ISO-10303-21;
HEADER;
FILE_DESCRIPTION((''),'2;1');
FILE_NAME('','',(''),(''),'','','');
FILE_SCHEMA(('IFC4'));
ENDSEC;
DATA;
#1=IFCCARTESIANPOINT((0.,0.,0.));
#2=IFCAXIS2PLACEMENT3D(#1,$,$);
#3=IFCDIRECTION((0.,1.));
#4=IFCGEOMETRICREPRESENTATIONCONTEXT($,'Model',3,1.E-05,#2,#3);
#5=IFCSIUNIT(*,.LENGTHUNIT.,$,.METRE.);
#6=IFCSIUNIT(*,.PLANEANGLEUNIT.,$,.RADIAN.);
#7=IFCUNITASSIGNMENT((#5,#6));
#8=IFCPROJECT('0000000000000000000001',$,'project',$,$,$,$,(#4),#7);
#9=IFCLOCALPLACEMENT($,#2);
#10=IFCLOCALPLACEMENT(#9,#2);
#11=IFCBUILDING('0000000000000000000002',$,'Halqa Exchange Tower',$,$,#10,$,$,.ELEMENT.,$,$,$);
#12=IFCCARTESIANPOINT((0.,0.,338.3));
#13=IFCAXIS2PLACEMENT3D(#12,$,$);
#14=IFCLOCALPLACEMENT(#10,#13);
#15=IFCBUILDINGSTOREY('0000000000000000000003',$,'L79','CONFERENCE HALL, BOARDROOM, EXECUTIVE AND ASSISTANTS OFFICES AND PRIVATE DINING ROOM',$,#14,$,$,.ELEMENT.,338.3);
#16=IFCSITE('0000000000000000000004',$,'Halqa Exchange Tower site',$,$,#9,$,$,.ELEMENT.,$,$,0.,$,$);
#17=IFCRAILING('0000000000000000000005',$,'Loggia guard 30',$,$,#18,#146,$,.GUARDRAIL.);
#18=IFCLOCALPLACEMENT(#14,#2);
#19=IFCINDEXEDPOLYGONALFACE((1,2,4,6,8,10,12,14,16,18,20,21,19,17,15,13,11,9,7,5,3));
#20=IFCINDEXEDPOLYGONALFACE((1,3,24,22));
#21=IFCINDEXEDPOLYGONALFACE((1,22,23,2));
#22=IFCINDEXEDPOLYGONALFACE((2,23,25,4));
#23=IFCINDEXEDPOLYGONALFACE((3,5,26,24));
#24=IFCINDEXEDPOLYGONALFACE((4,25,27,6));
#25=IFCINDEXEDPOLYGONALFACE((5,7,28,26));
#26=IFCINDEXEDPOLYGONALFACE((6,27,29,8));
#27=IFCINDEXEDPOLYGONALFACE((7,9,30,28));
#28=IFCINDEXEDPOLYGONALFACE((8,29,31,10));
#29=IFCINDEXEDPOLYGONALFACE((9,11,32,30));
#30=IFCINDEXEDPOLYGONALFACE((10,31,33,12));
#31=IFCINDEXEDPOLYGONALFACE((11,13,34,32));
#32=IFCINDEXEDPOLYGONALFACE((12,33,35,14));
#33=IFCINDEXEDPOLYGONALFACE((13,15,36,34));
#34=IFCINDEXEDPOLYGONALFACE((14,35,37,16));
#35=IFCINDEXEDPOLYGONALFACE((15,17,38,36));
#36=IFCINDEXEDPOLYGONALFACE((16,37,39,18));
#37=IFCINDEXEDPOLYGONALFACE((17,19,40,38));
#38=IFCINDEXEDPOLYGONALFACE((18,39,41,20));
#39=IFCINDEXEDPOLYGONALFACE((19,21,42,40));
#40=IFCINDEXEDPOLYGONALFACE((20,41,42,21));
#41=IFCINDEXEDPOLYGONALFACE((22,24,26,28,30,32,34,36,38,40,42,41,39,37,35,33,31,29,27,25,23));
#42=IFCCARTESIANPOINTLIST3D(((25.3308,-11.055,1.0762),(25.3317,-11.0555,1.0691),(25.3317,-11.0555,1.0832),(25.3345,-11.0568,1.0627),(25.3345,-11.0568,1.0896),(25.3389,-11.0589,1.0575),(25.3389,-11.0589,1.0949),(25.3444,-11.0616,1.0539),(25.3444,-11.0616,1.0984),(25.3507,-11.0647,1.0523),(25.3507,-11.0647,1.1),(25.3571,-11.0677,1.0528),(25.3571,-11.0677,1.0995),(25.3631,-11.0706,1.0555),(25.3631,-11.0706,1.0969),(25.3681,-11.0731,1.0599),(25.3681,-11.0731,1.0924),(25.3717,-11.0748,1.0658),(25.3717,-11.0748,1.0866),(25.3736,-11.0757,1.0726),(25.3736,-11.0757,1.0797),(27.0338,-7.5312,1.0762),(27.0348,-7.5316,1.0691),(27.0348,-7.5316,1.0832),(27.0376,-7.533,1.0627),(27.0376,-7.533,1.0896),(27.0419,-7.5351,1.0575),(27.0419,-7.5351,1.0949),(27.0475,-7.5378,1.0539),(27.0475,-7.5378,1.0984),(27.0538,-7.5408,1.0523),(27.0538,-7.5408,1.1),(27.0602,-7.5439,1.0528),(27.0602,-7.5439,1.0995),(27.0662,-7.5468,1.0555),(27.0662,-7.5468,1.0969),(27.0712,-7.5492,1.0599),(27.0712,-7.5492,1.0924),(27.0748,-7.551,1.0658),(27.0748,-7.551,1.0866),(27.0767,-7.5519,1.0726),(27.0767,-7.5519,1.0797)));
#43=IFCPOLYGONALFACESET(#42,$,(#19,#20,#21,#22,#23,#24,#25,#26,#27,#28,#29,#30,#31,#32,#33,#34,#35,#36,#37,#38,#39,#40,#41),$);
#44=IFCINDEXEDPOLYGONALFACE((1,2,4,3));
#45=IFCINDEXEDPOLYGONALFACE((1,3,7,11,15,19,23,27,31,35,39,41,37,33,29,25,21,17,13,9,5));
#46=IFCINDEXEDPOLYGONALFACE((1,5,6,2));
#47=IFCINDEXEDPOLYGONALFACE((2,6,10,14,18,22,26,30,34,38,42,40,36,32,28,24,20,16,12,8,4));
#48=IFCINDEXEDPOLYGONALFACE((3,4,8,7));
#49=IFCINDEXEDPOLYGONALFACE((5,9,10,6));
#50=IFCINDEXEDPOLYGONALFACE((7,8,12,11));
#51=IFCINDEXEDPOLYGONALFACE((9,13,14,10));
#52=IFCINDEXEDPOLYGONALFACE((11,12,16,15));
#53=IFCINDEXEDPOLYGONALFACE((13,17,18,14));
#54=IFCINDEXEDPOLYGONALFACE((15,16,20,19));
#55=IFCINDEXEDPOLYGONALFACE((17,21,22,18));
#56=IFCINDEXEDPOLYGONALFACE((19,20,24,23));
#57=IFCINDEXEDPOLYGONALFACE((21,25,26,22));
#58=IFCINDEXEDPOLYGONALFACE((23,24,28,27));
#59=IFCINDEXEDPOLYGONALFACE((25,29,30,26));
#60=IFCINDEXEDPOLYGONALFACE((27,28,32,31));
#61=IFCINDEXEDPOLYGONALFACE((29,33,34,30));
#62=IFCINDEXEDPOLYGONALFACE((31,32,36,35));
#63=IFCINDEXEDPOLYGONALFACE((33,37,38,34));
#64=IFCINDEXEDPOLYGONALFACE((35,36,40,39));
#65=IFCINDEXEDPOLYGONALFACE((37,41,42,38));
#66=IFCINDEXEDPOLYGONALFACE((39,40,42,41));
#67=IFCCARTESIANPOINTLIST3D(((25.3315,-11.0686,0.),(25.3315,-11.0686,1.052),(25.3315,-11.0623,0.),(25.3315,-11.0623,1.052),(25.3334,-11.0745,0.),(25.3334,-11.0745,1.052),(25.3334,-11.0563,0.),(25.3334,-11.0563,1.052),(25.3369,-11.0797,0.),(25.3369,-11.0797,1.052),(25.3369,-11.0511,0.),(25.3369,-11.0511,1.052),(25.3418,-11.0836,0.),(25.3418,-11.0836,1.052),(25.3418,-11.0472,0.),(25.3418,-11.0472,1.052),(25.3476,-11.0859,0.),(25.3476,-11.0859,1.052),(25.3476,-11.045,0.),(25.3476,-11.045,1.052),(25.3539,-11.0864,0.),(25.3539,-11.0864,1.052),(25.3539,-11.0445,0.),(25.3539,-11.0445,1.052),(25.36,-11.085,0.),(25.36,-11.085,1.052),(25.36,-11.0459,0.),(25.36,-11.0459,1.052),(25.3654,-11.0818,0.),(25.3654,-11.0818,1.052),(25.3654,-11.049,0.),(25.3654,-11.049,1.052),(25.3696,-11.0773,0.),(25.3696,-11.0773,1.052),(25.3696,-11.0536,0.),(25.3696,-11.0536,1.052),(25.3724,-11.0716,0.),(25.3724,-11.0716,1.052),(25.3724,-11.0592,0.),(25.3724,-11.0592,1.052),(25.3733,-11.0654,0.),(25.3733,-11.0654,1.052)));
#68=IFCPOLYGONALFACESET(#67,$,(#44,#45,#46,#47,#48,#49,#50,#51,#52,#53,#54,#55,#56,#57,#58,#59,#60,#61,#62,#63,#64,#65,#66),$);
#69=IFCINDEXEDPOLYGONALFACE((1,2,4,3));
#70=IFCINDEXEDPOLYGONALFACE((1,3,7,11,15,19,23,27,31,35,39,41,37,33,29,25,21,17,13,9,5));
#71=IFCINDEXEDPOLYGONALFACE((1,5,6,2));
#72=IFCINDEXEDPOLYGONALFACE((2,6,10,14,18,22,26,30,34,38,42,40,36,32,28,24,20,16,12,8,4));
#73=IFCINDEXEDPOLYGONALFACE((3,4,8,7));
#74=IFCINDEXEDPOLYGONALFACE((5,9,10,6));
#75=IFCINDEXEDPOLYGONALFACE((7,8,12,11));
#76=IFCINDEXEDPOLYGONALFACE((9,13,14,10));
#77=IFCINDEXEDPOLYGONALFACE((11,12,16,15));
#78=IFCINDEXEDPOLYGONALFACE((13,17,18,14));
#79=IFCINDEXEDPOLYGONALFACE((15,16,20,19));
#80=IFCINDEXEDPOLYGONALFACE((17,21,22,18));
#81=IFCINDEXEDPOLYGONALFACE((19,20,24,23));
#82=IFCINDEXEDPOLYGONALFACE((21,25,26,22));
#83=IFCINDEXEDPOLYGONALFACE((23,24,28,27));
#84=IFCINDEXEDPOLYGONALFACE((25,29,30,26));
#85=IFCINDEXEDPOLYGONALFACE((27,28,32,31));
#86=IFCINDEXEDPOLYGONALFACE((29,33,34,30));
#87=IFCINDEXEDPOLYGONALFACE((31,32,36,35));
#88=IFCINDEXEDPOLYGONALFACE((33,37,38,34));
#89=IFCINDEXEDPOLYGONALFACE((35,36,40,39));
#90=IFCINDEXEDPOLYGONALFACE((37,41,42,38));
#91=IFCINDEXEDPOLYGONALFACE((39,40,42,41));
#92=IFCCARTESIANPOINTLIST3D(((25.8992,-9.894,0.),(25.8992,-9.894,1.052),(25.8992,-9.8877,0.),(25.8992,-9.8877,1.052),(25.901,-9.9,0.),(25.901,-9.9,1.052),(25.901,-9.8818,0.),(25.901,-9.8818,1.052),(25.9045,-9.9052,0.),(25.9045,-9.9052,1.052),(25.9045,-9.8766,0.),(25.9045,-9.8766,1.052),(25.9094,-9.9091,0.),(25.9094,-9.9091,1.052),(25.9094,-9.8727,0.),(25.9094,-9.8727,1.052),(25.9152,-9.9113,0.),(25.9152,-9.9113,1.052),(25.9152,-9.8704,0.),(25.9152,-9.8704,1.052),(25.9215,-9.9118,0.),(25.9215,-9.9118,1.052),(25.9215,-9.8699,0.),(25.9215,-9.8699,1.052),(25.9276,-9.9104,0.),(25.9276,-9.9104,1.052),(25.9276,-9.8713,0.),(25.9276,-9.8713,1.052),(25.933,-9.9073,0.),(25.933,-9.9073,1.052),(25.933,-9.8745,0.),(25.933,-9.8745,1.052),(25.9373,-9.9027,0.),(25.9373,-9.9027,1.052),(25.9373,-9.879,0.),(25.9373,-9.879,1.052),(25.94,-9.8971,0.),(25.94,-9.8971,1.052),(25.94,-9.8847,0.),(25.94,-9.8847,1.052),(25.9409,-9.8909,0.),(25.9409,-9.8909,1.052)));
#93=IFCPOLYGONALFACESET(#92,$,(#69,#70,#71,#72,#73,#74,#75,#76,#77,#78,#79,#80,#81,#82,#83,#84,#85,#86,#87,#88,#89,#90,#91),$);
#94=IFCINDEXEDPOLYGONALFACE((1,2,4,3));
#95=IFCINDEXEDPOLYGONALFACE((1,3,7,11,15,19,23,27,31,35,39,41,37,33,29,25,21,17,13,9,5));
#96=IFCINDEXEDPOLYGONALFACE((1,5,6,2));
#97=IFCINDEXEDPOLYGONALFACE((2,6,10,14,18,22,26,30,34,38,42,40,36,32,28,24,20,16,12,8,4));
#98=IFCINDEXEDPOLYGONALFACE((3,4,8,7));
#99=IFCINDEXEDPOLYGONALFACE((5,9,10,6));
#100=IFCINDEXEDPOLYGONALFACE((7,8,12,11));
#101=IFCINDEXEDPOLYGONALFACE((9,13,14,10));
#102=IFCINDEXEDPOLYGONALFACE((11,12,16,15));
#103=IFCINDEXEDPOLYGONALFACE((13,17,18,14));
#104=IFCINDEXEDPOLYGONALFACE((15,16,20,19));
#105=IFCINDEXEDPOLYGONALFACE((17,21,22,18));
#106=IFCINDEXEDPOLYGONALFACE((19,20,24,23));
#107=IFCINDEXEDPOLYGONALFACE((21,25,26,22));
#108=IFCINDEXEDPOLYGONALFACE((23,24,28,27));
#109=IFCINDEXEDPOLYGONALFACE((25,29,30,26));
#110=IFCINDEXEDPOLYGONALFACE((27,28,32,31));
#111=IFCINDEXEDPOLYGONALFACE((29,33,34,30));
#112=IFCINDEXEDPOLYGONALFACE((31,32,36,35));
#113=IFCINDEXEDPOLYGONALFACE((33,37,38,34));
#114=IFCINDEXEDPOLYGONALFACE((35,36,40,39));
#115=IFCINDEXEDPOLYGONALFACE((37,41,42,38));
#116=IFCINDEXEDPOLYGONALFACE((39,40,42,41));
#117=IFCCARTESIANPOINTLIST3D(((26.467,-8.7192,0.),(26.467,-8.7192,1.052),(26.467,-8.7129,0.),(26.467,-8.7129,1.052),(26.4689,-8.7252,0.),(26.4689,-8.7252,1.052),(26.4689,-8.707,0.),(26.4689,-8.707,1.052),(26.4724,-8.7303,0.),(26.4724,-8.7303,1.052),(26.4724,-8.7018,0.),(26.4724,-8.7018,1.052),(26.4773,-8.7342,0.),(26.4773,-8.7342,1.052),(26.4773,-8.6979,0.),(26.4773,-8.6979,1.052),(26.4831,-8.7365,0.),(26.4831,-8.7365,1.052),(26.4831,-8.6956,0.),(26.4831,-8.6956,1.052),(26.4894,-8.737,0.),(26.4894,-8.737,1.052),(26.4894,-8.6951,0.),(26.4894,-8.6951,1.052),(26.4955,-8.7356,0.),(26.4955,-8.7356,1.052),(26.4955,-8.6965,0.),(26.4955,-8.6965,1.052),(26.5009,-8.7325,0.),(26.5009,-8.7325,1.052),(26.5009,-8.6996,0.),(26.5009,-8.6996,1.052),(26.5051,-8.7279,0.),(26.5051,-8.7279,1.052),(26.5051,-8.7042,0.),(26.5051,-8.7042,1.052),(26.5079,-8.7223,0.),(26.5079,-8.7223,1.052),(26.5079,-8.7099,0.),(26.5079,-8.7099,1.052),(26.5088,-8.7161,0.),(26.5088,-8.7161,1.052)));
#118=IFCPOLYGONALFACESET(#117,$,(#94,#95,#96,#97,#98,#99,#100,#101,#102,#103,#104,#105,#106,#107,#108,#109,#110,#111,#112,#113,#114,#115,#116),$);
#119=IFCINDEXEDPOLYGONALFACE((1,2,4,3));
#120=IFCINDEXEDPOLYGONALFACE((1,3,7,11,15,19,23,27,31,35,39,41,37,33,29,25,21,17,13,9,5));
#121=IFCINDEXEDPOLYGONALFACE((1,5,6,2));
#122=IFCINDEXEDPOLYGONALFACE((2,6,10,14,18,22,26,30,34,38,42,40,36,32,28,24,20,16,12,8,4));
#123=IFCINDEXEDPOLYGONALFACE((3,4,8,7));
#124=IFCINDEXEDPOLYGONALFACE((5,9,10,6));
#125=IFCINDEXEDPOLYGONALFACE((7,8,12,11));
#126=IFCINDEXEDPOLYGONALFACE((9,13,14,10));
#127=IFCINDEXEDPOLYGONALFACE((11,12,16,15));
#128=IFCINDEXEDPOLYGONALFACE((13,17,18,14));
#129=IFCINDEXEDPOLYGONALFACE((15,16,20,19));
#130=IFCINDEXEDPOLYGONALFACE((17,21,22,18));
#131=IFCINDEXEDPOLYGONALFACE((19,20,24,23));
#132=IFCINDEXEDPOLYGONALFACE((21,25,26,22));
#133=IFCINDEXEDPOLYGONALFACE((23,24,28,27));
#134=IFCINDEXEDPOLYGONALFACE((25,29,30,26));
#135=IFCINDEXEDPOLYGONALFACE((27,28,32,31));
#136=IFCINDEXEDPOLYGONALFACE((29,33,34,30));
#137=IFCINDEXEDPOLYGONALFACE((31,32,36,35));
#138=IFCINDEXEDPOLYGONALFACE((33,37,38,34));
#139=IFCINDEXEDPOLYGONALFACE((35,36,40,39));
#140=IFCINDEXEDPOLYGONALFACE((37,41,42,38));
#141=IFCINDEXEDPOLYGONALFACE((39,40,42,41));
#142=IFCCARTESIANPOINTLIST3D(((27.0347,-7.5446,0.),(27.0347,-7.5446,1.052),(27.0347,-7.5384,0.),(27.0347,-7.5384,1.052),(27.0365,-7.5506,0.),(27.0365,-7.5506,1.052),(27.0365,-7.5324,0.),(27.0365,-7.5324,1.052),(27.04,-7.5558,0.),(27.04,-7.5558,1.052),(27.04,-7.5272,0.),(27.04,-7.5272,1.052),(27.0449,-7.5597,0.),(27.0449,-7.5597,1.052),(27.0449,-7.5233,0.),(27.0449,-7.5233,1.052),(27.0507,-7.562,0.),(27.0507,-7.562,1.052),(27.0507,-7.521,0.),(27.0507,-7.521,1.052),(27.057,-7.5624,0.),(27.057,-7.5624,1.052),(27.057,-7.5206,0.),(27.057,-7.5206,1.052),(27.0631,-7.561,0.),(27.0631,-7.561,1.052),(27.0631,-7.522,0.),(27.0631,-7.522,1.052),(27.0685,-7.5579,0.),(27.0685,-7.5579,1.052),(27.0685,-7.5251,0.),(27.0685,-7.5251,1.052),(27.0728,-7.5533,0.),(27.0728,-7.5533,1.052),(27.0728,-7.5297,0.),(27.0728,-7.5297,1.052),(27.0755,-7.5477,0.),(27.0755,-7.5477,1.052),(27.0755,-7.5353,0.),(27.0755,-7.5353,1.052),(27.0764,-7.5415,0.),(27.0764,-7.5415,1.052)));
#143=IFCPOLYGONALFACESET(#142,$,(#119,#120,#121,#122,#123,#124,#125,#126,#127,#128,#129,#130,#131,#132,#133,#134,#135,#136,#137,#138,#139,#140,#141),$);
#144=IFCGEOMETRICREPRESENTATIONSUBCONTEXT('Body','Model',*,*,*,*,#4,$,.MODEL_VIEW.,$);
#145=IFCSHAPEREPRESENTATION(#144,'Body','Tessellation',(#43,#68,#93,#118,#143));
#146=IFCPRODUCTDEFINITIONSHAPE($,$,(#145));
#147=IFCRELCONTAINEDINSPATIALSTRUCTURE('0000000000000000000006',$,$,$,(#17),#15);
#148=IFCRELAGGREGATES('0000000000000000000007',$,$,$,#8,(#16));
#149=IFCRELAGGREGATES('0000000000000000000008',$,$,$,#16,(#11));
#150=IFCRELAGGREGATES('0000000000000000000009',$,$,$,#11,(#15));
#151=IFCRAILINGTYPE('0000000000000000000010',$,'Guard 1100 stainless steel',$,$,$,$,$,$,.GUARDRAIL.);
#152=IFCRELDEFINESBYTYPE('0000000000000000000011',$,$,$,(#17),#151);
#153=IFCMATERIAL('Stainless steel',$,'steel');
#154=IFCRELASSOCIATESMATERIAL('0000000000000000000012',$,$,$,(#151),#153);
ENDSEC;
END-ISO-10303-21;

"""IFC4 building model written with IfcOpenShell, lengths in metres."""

from ifc_helpers import new_model, si_unit, direction, frame, origin, origin_2d, place, context, subcontext, project, spatial, circle, extrude, material, type_object, element, save


model = new_model("IFC4")

# Units and contexts
model_context = context("Model", 3, precision=1e-05, world=origin(), true_north=direction((0.0, 1.0)))
body_context = subcontext(model_context, "Body", "Model", "MODEL_VIEW")
ifc_project = project(units=[si_unit("LENGTHUNIT", "METRE"), si_unit("PLANEANGLEUNIT", "RADIAN")], contexts=[model_context])

# Site, building, storey
site_placement = place(None, origin())
site = spatial("IfcSite", under=ifc_project, at=site_placement, Name="Halqa Exchange Tower site", CompositionType="ELEMENT", RefElevation=0.0)
building_placement = place(site_placement, origin())
building = spatial("IfcBuilding", under=site, at=building_placement, Name="Halqa Exchange Tower", CompositionType="ELEMENT")
storey_placement = place(building_placement, frame((0.0, 0.0, 338.3)))
storey = spatial("IfcBuildingStorey", under=building, at=storey_placement, Name="L79", Description="CONFERENCE HALL, BOARDROOM, EXECUTIVE AND ASSISTANTS OFFICES AND PRIVATE DINING ROOM", CompositionType="ELEMENT", Elevation=338.3)

# Railing
ifc_material_1 = material(Name="Stainless steel", Category="steel")
railing_type = type_object("IfcRailingType", Name="Guard 1100 stainless steel", PredefinedType="GUARDRAIL", material=ifc_material_1)
railing_1_placement = place(storey_placement, frame((25.3523, -11.0654, 0.0)))
element("IfcRailing", 1, at=railing_1_placement, inside=storey, type_object=railing_type, Name="Loggia guard 30", PredefinedType="GUARDRAIL", context=body_context, shape_type="SweptSolid", body=[
    extrude(circle(Radius=0.0239, at=origin_2d()), frame((0.0, 0.0, 1.0762), z_axis=(0.435147, 0.90036, 0.0), x_axis=(-0.90036, 0.435147, 0.0)), (0.0, 0.0, 1.0), 3.9138),
    extrude(circle(Radius=0.021, at=origin_2d()), origin(), (0.0, 0.0, 1.0), 1.052),
    extrude(circle(Radius=0.021, at=origin_2d()), frame((0.5676, 1.1746, 0.0)), (0.0, 0.0, 1.0), 1.052),
    extrude(circle(Radius=0.021, at=origin_2d()), frame((1.1355, 2.3494, 0.0)), (0.0, 0.0, 1.0), 1.052),
    extrude(circle(Radius=0.021, at=origin_2d()), frame((1.7031, 3.5239, 0.0)), (0.0, 0.0, 1.0), 1.052),
])

save(model, "model.ifc")
